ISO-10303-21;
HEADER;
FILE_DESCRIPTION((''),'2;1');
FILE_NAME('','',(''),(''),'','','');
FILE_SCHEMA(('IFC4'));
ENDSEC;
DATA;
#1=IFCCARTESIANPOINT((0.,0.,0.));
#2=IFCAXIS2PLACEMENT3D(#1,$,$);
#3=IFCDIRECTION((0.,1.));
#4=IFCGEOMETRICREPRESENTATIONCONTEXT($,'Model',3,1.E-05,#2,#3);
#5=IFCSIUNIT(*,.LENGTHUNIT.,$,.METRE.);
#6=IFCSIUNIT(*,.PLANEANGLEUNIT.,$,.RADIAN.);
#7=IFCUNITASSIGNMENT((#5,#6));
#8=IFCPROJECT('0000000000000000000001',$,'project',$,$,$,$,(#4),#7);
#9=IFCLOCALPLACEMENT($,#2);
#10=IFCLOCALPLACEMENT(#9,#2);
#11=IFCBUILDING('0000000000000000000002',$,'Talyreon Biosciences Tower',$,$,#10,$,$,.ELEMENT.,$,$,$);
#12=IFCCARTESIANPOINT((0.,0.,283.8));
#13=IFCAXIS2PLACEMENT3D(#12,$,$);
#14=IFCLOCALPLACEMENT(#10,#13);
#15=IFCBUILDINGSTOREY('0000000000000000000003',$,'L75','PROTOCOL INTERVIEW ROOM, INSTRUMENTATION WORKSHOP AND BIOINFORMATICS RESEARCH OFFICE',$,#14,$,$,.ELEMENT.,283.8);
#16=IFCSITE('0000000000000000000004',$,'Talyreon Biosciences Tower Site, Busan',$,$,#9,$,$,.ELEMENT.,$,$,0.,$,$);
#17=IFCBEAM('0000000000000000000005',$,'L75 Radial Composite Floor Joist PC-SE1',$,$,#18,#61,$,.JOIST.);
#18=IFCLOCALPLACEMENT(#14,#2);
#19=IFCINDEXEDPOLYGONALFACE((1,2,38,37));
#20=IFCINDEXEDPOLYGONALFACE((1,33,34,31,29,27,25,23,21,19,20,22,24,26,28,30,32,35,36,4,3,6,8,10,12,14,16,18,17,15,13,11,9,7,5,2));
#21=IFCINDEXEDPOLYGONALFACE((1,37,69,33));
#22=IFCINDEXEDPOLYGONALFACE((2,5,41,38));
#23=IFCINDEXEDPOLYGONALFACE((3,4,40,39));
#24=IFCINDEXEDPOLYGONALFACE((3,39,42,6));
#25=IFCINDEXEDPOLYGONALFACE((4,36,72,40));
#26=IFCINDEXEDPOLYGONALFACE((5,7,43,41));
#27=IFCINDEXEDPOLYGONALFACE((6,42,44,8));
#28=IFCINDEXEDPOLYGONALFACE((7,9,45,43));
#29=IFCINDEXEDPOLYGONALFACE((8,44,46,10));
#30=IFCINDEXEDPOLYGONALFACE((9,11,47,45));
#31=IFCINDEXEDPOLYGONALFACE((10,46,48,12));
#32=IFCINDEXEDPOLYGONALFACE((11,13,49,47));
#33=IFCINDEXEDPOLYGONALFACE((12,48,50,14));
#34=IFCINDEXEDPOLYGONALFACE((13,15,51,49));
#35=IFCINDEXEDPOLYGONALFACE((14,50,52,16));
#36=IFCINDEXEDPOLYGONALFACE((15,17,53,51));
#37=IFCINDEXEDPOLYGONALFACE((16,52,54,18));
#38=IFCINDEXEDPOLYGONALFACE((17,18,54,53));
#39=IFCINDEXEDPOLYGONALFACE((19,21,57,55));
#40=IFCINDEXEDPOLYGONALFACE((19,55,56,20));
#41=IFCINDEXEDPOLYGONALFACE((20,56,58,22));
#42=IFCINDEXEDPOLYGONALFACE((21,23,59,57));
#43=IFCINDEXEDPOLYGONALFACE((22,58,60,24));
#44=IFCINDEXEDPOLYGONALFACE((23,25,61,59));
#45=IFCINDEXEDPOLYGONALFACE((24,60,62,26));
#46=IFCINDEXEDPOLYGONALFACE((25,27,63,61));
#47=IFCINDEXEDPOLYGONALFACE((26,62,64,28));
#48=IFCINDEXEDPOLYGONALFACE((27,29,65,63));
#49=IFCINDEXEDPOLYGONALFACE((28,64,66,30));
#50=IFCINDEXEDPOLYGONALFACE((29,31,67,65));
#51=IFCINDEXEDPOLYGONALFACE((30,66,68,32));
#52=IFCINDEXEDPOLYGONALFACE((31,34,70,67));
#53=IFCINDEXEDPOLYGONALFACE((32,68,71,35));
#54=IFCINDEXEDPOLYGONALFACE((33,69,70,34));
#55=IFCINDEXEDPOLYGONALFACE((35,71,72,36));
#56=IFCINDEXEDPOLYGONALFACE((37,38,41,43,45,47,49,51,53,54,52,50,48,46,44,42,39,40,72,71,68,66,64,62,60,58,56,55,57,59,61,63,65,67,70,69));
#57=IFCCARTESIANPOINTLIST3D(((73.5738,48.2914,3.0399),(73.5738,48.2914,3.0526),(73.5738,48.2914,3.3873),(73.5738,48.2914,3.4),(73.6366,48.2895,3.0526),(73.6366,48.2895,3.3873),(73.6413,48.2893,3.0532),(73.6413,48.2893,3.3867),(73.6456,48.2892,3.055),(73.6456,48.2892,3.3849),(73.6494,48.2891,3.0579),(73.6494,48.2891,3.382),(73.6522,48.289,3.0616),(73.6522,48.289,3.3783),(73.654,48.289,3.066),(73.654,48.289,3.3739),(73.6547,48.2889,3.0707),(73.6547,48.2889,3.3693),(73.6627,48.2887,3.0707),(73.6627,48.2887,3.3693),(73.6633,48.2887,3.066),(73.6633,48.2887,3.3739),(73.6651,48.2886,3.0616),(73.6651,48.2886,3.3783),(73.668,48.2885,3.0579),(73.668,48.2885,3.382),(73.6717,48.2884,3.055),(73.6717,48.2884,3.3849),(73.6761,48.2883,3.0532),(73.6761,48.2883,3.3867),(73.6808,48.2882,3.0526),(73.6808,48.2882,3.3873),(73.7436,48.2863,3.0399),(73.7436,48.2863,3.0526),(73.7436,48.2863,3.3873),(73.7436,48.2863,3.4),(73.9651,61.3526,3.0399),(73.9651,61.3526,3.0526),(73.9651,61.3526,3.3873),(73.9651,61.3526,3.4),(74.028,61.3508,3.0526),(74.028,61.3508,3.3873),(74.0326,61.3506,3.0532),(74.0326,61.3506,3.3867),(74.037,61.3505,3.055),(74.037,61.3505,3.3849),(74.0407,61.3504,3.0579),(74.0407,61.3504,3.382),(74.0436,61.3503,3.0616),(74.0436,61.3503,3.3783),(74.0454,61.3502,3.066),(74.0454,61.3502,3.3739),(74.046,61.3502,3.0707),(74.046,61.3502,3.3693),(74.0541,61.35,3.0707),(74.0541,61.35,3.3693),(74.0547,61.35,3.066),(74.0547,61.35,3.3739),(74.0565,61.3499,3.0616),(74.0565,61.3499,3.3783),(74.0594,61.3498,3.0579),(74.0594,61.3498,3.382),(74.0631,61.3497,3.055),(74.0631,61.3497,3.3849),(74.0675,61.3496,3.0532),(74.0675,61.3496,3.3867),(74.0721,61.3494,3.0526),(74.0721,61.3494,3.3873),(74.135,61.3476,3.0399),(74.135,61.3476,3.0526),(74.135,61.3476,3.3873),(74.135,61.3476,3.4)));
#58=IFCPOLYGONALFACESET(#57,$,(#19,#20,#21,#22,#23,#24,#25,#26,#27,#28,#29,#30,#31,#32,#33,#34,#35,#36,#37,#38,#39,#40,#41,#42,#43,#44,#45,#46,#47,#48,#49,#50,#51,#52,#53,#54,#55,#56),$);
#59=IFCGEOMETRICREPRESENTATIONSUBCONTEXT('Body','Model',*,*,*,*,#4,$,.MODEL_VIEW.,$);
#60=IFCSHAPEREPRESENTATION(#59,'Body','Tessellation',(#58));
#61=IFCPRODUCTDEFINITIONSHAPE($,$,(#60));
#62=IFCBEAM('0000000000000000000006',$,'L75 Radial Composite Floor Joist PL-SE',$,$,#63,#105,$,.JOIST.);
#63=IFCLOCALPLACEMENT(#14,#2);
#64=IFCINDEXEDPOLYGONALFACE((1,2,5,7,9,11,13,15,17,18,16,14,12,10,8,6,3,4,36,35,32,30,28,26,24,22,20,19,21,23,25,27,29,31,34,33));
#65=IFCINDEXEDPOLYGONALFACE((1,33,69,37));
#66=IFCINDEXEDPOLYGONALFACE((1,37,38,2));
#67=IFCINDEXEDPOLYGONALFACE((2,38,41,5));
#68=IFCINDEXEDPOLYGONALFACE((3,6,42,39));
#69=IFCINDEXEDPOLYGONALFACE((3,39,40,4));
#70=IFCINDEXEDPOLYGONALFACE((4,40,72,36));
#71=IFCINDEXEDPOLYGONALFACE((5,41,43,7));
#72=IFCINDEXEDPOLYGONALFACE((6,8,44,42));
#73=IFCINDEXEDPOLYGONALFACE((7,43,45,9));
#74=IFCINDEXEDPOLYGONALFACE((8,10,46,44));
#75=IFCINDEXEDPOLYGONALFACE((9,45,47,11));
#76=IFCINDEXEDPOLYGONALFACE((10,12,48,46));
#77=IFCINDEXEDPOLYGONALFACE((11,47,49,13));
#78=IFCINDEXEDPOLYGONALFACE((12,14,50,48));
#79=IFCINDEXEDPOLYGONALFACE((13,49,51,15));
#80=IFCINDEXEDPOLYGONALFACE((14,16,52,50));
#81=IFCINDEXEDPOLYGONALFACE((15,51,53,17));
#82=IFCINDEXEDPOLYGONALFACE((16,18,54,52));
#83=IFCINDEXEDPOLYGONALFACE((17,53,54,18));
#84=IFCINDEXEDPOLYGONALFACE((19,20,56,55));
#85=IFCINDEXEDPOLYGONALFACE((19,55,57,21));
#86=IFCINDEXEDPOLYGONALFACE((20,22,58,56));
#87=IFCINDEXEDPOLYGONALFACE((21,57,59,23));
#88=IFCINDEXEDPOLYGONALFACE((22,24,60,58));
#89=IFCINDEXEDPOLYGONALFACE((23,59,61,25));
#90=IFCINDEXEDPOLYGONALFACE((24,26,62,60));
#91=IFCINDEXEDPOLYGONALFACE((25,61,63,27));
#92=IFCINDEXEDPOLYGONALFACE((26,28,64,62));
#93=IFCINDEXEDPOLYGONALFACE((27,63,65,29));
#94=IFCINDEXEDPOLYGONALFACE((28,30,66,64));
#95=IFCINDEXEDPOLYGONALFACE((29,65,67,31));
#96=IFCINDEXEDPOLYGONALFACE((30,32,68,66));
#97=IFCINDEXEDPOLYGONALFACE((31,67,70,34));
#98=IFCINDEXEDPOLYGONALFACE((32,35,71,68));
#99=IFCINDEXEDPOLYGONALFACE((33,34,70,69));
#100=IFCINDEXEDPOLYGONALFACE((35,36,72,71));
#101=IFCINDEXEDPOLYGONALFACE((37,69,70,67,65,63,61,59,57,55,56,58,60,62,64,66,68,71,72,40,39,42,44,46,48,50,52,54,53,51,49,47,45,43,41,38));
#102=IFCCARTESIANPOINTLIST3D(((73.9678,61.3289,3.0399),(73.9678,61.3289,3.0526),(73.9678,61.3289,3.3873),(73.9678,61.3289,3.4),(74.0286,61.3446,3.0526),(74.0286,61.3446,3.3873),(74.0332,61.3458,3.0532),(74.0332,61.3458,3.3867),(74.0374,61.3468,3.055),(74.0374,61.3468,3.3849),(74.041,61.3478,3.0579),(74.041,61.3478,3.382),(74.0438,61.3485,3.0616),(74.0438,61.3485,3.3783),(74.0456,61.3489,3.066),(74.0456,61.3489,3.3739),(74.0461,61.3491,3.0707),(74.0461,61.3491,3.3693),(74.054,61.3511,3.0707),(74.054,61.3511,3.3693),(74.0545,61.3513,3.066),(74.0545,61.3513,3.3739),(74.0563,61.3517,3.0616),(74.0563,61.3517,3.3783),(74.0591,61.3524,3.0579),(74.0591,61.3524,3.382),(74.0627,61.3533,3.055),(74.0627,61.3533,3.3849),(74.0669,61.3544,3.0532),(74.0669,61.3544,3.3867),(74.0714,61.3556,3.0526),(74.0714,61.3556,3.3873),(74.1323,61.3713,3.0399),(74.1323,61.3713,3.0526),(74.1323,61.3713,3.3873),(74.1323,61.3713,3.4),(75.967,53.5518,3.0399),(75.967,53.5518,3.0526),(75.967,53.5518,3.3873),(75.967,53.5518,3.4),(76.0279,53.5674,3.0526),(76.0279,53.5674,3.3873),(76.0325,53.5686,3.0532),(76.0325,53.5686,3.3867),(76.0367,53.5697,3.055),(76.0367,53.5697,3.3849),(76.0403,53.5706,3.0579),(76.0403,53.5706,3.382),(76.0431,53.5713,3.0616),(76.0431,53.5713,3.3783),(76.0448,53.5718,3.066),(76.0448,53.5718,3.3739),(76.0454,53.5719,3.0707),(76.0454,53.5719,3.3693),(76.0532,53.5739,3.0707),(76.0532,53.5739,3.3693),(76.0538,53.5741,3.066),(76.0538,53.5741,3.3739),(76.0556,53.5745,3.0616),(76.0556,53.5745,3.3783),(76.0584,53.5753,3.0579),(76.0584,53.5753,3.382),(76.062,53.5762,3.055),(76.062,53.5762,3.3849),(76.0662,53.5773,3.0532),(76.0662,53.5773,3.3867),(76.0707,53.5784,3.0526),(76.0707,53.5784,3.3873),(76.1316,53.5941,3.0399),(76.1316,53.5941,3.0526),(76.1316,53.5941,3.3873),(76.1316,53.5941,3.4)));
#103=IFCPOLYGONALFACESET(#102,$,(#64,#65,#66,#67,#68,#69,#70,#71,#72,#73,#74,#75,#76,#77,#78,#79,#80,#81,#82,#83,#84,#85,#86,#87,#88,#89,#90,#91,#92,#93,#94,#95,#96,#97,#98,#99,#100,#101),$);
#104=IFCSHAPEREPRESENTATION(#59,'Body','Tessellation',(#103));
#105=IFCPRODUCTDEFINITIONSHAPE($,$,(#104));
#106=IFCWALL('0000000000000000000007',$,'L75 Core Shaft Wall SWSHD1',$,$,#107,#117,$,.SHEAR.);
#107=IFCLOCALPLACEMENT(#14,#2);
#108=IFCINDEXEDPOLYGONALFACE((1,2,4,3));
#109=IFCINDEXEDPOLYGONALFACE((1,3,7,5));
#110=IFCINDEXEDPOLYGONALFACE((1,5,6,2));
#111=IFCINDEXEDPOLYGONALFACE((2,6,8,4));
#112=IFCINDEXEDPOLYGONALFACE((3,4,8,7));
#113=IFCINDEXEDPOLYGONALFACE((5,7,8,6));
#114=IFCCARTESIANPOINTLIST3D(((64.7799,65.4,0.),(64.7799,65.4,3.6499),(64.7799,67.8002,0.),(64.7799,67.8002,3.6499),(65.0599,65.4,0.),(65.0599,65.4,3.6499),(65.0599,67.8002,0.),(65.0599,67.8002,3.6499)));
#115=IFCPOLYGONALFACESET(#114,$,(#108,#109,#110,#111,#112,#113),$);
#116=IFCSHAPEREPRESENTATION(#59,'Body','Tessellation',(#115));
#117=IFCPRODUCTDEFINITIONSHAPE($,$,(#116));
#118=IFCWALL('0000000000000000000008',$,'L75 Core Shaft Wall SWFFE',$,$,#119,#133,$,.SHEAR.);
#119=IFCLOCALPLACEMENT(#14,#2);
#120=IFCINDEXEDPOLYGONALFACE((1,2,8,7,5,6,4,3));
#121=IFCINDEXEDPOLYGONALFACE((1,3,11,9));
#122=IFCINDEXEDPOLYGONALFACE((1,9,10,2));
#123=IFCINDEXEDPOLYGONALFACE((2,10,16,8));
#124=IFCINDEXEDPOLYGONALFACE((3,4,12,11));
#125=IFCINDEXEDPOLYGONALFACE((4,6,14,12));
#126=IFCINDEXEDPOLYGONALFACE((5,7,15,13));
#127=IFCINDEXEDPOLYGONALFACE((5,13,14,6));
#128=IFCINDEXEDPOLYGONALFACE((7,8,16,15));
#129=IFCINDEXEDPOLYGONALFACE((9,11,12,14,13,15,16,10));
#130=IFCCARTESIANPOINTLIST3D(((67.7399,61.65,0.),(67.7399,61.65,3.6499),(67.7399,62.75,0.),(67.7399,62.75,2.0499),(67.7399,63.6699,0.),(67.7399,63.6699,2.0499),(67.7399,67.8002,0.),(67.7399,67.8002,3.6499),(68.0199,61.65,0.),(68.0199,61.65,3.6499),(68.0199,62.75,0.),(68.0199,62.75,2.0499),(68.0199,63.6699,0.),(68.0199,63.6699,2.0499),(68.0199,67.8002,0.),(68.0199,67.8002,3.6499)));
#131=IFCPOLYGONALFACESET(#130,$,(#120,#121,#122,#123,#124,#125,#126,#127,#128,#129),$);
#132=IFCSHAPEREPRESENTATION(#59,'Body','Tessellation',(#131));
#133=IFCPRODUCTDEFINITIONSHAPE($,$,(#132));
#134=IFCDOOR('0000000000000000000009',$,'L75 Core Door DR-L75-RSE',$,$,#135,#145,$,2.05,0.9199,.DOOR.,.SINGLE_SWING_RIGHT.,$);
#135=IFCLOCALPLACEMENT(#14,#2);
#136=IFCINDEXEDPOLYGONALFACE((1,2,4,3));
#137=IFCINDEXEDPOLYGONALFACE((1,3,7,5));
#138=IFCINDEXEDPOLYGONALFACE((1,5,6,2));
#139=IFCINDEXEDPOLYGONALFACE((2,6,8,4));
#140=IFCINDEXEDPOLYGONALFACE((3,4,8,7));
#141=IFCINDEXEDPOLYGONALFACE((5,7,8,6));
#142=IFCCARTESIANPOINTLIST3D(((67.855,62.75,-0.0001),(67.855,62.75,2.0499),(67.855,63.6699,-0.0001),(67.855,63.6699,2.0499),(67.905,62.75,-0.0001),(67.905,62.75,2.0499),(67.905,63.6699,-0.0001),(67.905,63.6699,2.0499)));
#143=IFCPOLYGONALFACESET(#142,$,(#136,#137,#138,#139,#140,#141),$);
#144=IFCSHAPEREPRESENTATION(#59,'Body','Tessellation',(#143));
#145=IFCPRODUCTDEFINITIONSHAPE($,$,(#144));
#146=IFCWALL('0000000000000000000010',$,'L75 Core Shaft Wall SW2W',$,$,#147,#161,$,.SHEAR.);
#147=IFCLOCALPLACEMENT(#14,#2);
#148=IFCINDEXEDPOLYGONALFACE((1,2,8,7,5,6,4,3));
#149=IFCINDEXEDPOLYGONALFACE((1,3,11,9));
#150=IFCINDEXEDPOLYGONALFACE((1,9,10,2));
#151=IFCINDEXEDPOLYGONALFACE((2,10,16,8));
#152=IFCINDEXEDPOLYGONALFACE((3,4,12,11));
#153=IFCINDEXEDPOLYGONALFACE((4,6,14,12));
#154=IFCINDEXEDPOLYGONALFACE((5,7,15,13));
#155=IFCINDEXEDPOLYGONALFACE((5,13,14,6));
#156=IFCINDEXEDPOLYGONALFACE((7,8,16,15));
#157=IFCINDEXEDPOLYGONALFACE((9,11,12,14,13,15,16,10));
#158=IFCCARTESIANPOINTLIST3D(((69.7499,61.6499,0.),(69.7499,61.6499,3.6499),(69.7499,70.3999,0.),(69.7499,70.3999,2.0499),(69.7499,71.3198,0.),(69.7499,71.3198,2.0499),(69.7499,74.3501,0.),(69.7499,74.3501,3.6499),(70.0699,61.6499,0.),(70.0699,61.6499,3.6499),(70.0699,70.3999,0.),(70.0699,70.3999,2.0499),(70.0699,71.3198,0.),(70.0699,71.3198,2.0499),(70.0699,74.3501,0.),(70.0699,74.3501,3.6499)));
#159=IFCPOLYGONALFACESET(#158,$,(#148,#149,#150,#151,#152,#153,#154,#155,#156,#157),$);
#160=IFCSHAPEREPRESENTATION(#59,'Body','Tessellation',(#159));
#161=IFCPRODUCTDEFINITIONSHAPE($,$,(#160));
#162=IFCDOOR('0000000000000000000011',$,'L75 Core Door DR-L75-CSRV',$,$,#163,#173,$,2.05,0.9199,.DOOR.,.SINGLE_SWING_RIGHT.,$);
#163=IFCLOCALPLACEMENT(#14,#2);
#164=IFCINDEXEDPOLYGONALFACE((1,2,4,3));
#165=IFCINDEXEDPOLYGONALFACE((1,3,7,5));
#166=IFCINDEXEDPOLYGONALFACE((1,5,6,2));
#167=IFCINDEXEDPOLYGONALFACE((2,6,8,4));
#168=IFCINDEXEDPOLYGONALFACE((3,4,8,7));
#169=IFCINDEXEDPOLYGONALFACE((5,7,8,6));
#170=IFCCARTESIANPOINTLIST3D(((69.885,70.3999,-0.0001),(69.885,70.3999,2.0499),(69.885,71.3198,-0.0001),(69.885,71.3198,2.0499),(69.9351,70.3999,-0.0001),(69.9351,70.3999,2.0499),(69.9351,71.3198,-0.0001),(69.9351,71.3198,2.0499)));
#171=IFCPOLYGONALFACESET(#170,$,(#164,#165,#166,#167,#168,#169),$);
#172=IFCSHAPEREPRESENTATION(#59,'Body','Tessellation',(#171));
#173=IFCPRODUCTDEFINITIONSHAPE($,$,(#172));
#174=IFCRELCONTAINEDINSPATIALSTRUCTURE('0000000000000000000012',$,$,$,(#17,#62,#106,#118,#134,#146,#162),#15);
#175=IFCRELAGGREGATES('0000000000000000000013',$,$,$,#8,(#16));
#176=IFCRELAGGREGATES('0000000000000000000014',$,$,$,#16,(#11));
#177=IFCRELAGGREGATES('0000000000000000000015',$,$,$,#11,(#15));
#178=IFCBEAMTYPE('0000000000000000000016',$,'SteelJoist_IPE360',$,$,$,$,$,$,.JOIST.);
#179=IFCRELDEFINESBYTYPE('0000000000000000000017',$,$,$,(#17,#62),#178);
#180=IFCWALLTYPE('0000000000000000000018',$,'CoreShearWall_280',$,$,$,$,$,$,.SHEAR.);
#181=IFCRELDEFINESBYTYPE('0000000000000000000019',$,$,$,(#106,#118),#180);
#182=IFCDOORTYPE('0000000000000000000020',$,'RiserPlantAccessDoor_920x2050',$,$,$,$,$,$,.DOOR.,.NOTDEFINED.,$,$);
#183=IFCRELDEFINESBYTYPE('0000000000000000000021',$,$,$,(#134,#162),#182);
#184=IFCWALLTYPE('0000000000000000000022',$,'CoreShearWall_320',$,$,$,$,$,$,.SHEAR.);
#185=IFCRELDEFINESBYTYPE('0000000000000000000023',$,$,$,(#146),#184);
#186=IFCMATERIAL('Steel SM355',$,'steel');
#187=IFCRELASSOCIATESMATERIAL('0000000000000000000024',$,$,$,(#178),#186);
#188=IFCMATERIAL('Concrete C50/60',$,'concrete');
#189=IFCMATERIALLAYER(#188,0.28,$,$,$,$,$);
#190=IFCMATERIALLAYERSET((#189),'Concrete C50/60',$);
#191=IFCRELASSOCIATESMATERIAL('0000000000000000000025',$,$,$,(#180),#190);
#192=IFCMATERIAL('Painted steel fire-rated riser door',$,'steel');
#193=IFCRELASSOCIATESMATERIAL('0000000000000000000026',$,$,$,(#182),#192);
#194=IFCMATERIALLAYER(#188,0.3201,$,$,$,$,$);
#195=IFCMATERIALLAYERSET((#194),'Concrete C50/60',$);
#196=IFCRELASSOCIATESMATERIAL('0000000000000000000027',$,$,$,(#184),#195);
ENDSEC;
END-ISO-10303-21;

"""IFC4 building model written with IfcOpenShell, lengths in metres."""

from ifc_helpers import new_model, si_unit, direction, frame, frame_2d, origin, origin_2d, place, context, subcontext, project, spatial, rectangle, i_section, extrude, material, layer, layer_set, material_profile, profile_set, type_object, element, fill, save


model = new_model("IFC4")

# Units and contexts
model_context = context("Model", 3, precision=1e-05, world=origin(), true_north=direction((0.0, 1.0)))
body_context = subcontext(model_context, "Body", "Model", "MODEL_VIEW")
ifc_project = project(units=[si_unit("LENGTHUNIT", "METRE"), si_unit("PLANEANGLEUNIT", "RADIAN")], contexts=[model_context])

# Site, building, storey
site_placement = place(None, origin())
site = spatial("IfcSite", under=ifc_project, at=site_placement, Name="Talyreon Biosciences Tower Site, Busan", CompositionType="ELEMENT", RefElevation=0.0)
building_placement = place(site_placement, origin())
building = spatial("IfcBuilding", under=site, at=building_placement, Name="Talyreon Biosciences Tower", CompositionType="ELEMENT")
storey_placement = place(building_placement, frame((0.0, 0.0, 283.8)))
storey = spatial("IfcBuildingStorey", under=building, at=storey_placement, Name="L75", Description="PROTOCOL INTERVIEW ROOM, INSTRUMENTATION WORKSHOP AND BIOINFORMATICS RESEARCH OFFICE", CompositionType="ELEMENT", Elevation=283.8)

# Shared definitions
ifc_material_1 = material(Name="Concrete C50/60", Category="concrete")

# Beams
ifc_material_2 = material(Name="Steel SM355", Category="steel")
ifc_material_profile_1 = material_profile(ifc_material_2, i_section(OverallWidth=0.1699, OverallDepth=0.3601, WebThickness=0.0081, FlangeThickness=0.0127, FilletRadius=0.0181, at=origin_2d()), Name="IPE360")
ifc_profile_set_1 = profile_set([ifc_material_profile_1], Name="Steel SM355")
beam_type_1 = type_object("IfcBeamType", Name="SteelJoist_IPE360", PredefinedType="JOIST", material=ifc_profile_set_1)
beam_1_placement = place(storey_placement, frame((74.05, 61.3501, 3.22), z_axis=(-0.02995, -0.999551, 0.0), x_axis=(0.999551, -0.02995, 0.0)))
element("IfcBeam", 1, at=beam_1_placement, inside=storey, type_object=beam_type_1, Name="L75 Radial Composite Floor Joist PC-SE1", PredefinedType="JOIST", context=body_context, shape_type="SweptSolid", body=[
    extrude(i_section(OverallWidth=0.1699, OverallDepth=0.3601, WebThickness=0.0081, FlangeThickness=0.0127, FilletRadius=0.0181, at=origin_2d()), origin(), (0.0, 0.0, 1.0), 13.0671),
])
beam_2_placement = place(storey_placement, frame((74.05, 61.3501, 3.22), z_axis=(0.248976, -0.96851, 0.0), x_axis=(0.96851, 0.248976, 0.0)))
element("IfcBeam", 2, at=beam_2_placement, inside=storey, type_object=beam_type_1, Name="L75 Radial Composite Floor Joist PL-SE", PredefinedType="JOIST", context=body_context, shape_type="SweptSolid", body=[
    extrude(i_section(OverallWidth=0.1699, OverallDepth=0.3601, WebThickness=0.0081, FlangeThickness=0.0127, FilletRadius=0.0181, at=origin_2d()), origin(), (0.0, 0.0, 1.0), 8.03),
])

# Wall
ifc_layer_1 = layer(ifc_material_1, 0.28)
ifc_layer_set_1 = layer_set([ifc_layer_1], Name="Concrete C50/60")
wall_type_1 = type_object("IfcWallType", Name="CoreShearWall_280", PredefinedType="SHEAR", material=ifc_layer_set_1)
wall_1_placement = place(storey_placement, frame((64.9199, 65.3999, 0.0), z_axis=(0.0, 0.0, 1.0), x_axis=(0.0, 1.0, 0.0)))
element("IfcWall", 3, at=wall_1_placement, inside=storey, type_object=wall_type_1, Name="L75 Core Shaft Wall SWSHD1", PredefinedType="SHEAR", context=body_context, shape_type="SweptSolid", body=[
    extrude(rectangle(XDim=2.4001, YDim=0.28, at=frame_2d((1.2002, 0.0))), origin(), (0.0, 0.0, 1.0), 3.6499),
])

# Walls, openings, doors
wall_2_placement = place(storey_placement, frame((67.8799, 61.6499, 0.0), z_axis=(0.0, 0.0, 1.0), x_axis=(0.0, 1.0, 0.0)))
wall_2 = element("IfcWall", 4, at=wall_2_placement, inside=storey, type_object=wall_type_1, Name="L75 Core Shaft Wall SWFFE", PredefinedType="SHEAR", context=body_context, shape_type="SweptSolid", body=[
    extrude(rectangle(XDim=6.1501, YDim=0.28, at=frame_2d((3.0752, 0.0))), origin(), (0.0, 0.0, 1.0), 3.6499),
])
opening_1_placement = place(wall_2_placement, frame((1.1001, 0.0, 0.0)))
opening_1 = element("IfcOpeningElement", 5, at=opening_1_placement, cuts=wall_2, PredefinedType="OPENING", context=body_context, shape_type="SweptSolid", body=[
    extrude(rectangle(XDim=0.9199, YDim=2.05, at=frame_2d((0.46, 1.0249))), frame((0.0, 0.1499, 0.0), z_axis=(0.0, -1.0, 0.0), x_axis=(1.0, 0.0, 0.0)), (0.0, 0.0, 1.0), 0.3),
])
ifc_material_3 = material(Name="Painted steel fire-rated riser door", Category="steel")
door_type = type_object("IfcDoorType", Name="RiserPlantAccessDoor_920x2050", OperationType="NOTDEFINED", PredefinedType="DOOR", material=ifc_material_3)
door_1_placement = place(opening_1_placement, origin())
door_1 = element("IfcDoor", 6, at=door_1_placement, inside=storey, type_object=door_type, Name="L75 Core Door DR-L75-RSE", OperationType="SINGLE_SWING_RIGHT", OverallHeight=2.05, OverallWidth=0.9199, PredefinedType="DOOR", context=body_context, shape_type="SweptSolid", body=[
    extrude(rectangle(XDim=0.9199, YDim=2.05, at=frame_2d((0.46, 1.0249))), frame((0.0, 0.0249, 0.0), z_axis=(0.0, -1.0, 0.0), x_axis=(1.0, 0.0, 0.0)), (0.0, 0.0, 1.0), 0.05),
])
fill(opening_1, door_1)
ifc_layer_2 = layer(ifc_material_1, 0.3201)
ifc_layer_set_2 = layer_set([ifc_layer_2], Name="Concrete C50/60")
wall_type_2 = type_object("IfcWallType", Name="CoreShearWall_320", PredefinedType="SHEAR", material=ifc_layer_set_2)
wall_3_placement = place(storey_placement, frame((69.9099, 61.6499, 0.0), z_axis=(0.0, 0.0, 1.0), x_axis=(0.0, 1.0, 0.0)))
wall_3 = element("IfcWall", 7, at=wall_3_placement, inside=storey, type_object=wall_type_2, Name="L75 Core Shaft Wall SW2W", PredefinedType="SHEAR", context=body_context, shape_type="SweptSolid", body=[
    extrude(rectangle(XDim=12.7002, YDim=0.3201, at=frame_2d((6.3501, 0.0))), origin(), (0.0, 0.0, 1.0), 3.6499),
])
opening_2_placement = place(wall_3_placement, frame((8.75, 0.0, 0.0)))
opening_2 = element("IfcOpeningElement", 8, at=opening_2_placement, cuts=wall_3, PredefinedType="OPENING", context=body_context, shape_type="SweptSolid", body=[
    extrude(rectangle(XDim=0.9199, YDim=2.05, at=frame_2d((0.46, 1.0249))), frame((0.0, 0.1699, 0.0), z_axis=(0.0, -1.0, 0.0), x_axis=(1.0, 0.0, 0.0)), (0.0, 0.0, 1.0), 0.3401),
])
door_2_placement = place(opening_2_placement, origin())
door_2 = element("IfcDoor", 9, at=door_2_placement, inside=storey, type_object=door_type, Name="L75 Core Door DR-L75-CSRV", OperationType="SINGLE_SWING_RIGHT", OverallHeight=2.05, OverallWidth=0.9199, PredefinedType="DOOR", context=body_context, shape_type="SweptSolid", body=[
    extrude(rectangle(XDim=0.9199, YDim=2.05, at=frame_2d((0.46, 1.0249))), frame((0.0, 0.0249, 0.0), z_axis=(0.0, -1.0, 0.0), x_axis=(1.0, 0.0, 0.0)), (0.0, 0.0, 1.0), 0.05),
])
fill(opening_2, door_2)

save(model, "model.ifc")
